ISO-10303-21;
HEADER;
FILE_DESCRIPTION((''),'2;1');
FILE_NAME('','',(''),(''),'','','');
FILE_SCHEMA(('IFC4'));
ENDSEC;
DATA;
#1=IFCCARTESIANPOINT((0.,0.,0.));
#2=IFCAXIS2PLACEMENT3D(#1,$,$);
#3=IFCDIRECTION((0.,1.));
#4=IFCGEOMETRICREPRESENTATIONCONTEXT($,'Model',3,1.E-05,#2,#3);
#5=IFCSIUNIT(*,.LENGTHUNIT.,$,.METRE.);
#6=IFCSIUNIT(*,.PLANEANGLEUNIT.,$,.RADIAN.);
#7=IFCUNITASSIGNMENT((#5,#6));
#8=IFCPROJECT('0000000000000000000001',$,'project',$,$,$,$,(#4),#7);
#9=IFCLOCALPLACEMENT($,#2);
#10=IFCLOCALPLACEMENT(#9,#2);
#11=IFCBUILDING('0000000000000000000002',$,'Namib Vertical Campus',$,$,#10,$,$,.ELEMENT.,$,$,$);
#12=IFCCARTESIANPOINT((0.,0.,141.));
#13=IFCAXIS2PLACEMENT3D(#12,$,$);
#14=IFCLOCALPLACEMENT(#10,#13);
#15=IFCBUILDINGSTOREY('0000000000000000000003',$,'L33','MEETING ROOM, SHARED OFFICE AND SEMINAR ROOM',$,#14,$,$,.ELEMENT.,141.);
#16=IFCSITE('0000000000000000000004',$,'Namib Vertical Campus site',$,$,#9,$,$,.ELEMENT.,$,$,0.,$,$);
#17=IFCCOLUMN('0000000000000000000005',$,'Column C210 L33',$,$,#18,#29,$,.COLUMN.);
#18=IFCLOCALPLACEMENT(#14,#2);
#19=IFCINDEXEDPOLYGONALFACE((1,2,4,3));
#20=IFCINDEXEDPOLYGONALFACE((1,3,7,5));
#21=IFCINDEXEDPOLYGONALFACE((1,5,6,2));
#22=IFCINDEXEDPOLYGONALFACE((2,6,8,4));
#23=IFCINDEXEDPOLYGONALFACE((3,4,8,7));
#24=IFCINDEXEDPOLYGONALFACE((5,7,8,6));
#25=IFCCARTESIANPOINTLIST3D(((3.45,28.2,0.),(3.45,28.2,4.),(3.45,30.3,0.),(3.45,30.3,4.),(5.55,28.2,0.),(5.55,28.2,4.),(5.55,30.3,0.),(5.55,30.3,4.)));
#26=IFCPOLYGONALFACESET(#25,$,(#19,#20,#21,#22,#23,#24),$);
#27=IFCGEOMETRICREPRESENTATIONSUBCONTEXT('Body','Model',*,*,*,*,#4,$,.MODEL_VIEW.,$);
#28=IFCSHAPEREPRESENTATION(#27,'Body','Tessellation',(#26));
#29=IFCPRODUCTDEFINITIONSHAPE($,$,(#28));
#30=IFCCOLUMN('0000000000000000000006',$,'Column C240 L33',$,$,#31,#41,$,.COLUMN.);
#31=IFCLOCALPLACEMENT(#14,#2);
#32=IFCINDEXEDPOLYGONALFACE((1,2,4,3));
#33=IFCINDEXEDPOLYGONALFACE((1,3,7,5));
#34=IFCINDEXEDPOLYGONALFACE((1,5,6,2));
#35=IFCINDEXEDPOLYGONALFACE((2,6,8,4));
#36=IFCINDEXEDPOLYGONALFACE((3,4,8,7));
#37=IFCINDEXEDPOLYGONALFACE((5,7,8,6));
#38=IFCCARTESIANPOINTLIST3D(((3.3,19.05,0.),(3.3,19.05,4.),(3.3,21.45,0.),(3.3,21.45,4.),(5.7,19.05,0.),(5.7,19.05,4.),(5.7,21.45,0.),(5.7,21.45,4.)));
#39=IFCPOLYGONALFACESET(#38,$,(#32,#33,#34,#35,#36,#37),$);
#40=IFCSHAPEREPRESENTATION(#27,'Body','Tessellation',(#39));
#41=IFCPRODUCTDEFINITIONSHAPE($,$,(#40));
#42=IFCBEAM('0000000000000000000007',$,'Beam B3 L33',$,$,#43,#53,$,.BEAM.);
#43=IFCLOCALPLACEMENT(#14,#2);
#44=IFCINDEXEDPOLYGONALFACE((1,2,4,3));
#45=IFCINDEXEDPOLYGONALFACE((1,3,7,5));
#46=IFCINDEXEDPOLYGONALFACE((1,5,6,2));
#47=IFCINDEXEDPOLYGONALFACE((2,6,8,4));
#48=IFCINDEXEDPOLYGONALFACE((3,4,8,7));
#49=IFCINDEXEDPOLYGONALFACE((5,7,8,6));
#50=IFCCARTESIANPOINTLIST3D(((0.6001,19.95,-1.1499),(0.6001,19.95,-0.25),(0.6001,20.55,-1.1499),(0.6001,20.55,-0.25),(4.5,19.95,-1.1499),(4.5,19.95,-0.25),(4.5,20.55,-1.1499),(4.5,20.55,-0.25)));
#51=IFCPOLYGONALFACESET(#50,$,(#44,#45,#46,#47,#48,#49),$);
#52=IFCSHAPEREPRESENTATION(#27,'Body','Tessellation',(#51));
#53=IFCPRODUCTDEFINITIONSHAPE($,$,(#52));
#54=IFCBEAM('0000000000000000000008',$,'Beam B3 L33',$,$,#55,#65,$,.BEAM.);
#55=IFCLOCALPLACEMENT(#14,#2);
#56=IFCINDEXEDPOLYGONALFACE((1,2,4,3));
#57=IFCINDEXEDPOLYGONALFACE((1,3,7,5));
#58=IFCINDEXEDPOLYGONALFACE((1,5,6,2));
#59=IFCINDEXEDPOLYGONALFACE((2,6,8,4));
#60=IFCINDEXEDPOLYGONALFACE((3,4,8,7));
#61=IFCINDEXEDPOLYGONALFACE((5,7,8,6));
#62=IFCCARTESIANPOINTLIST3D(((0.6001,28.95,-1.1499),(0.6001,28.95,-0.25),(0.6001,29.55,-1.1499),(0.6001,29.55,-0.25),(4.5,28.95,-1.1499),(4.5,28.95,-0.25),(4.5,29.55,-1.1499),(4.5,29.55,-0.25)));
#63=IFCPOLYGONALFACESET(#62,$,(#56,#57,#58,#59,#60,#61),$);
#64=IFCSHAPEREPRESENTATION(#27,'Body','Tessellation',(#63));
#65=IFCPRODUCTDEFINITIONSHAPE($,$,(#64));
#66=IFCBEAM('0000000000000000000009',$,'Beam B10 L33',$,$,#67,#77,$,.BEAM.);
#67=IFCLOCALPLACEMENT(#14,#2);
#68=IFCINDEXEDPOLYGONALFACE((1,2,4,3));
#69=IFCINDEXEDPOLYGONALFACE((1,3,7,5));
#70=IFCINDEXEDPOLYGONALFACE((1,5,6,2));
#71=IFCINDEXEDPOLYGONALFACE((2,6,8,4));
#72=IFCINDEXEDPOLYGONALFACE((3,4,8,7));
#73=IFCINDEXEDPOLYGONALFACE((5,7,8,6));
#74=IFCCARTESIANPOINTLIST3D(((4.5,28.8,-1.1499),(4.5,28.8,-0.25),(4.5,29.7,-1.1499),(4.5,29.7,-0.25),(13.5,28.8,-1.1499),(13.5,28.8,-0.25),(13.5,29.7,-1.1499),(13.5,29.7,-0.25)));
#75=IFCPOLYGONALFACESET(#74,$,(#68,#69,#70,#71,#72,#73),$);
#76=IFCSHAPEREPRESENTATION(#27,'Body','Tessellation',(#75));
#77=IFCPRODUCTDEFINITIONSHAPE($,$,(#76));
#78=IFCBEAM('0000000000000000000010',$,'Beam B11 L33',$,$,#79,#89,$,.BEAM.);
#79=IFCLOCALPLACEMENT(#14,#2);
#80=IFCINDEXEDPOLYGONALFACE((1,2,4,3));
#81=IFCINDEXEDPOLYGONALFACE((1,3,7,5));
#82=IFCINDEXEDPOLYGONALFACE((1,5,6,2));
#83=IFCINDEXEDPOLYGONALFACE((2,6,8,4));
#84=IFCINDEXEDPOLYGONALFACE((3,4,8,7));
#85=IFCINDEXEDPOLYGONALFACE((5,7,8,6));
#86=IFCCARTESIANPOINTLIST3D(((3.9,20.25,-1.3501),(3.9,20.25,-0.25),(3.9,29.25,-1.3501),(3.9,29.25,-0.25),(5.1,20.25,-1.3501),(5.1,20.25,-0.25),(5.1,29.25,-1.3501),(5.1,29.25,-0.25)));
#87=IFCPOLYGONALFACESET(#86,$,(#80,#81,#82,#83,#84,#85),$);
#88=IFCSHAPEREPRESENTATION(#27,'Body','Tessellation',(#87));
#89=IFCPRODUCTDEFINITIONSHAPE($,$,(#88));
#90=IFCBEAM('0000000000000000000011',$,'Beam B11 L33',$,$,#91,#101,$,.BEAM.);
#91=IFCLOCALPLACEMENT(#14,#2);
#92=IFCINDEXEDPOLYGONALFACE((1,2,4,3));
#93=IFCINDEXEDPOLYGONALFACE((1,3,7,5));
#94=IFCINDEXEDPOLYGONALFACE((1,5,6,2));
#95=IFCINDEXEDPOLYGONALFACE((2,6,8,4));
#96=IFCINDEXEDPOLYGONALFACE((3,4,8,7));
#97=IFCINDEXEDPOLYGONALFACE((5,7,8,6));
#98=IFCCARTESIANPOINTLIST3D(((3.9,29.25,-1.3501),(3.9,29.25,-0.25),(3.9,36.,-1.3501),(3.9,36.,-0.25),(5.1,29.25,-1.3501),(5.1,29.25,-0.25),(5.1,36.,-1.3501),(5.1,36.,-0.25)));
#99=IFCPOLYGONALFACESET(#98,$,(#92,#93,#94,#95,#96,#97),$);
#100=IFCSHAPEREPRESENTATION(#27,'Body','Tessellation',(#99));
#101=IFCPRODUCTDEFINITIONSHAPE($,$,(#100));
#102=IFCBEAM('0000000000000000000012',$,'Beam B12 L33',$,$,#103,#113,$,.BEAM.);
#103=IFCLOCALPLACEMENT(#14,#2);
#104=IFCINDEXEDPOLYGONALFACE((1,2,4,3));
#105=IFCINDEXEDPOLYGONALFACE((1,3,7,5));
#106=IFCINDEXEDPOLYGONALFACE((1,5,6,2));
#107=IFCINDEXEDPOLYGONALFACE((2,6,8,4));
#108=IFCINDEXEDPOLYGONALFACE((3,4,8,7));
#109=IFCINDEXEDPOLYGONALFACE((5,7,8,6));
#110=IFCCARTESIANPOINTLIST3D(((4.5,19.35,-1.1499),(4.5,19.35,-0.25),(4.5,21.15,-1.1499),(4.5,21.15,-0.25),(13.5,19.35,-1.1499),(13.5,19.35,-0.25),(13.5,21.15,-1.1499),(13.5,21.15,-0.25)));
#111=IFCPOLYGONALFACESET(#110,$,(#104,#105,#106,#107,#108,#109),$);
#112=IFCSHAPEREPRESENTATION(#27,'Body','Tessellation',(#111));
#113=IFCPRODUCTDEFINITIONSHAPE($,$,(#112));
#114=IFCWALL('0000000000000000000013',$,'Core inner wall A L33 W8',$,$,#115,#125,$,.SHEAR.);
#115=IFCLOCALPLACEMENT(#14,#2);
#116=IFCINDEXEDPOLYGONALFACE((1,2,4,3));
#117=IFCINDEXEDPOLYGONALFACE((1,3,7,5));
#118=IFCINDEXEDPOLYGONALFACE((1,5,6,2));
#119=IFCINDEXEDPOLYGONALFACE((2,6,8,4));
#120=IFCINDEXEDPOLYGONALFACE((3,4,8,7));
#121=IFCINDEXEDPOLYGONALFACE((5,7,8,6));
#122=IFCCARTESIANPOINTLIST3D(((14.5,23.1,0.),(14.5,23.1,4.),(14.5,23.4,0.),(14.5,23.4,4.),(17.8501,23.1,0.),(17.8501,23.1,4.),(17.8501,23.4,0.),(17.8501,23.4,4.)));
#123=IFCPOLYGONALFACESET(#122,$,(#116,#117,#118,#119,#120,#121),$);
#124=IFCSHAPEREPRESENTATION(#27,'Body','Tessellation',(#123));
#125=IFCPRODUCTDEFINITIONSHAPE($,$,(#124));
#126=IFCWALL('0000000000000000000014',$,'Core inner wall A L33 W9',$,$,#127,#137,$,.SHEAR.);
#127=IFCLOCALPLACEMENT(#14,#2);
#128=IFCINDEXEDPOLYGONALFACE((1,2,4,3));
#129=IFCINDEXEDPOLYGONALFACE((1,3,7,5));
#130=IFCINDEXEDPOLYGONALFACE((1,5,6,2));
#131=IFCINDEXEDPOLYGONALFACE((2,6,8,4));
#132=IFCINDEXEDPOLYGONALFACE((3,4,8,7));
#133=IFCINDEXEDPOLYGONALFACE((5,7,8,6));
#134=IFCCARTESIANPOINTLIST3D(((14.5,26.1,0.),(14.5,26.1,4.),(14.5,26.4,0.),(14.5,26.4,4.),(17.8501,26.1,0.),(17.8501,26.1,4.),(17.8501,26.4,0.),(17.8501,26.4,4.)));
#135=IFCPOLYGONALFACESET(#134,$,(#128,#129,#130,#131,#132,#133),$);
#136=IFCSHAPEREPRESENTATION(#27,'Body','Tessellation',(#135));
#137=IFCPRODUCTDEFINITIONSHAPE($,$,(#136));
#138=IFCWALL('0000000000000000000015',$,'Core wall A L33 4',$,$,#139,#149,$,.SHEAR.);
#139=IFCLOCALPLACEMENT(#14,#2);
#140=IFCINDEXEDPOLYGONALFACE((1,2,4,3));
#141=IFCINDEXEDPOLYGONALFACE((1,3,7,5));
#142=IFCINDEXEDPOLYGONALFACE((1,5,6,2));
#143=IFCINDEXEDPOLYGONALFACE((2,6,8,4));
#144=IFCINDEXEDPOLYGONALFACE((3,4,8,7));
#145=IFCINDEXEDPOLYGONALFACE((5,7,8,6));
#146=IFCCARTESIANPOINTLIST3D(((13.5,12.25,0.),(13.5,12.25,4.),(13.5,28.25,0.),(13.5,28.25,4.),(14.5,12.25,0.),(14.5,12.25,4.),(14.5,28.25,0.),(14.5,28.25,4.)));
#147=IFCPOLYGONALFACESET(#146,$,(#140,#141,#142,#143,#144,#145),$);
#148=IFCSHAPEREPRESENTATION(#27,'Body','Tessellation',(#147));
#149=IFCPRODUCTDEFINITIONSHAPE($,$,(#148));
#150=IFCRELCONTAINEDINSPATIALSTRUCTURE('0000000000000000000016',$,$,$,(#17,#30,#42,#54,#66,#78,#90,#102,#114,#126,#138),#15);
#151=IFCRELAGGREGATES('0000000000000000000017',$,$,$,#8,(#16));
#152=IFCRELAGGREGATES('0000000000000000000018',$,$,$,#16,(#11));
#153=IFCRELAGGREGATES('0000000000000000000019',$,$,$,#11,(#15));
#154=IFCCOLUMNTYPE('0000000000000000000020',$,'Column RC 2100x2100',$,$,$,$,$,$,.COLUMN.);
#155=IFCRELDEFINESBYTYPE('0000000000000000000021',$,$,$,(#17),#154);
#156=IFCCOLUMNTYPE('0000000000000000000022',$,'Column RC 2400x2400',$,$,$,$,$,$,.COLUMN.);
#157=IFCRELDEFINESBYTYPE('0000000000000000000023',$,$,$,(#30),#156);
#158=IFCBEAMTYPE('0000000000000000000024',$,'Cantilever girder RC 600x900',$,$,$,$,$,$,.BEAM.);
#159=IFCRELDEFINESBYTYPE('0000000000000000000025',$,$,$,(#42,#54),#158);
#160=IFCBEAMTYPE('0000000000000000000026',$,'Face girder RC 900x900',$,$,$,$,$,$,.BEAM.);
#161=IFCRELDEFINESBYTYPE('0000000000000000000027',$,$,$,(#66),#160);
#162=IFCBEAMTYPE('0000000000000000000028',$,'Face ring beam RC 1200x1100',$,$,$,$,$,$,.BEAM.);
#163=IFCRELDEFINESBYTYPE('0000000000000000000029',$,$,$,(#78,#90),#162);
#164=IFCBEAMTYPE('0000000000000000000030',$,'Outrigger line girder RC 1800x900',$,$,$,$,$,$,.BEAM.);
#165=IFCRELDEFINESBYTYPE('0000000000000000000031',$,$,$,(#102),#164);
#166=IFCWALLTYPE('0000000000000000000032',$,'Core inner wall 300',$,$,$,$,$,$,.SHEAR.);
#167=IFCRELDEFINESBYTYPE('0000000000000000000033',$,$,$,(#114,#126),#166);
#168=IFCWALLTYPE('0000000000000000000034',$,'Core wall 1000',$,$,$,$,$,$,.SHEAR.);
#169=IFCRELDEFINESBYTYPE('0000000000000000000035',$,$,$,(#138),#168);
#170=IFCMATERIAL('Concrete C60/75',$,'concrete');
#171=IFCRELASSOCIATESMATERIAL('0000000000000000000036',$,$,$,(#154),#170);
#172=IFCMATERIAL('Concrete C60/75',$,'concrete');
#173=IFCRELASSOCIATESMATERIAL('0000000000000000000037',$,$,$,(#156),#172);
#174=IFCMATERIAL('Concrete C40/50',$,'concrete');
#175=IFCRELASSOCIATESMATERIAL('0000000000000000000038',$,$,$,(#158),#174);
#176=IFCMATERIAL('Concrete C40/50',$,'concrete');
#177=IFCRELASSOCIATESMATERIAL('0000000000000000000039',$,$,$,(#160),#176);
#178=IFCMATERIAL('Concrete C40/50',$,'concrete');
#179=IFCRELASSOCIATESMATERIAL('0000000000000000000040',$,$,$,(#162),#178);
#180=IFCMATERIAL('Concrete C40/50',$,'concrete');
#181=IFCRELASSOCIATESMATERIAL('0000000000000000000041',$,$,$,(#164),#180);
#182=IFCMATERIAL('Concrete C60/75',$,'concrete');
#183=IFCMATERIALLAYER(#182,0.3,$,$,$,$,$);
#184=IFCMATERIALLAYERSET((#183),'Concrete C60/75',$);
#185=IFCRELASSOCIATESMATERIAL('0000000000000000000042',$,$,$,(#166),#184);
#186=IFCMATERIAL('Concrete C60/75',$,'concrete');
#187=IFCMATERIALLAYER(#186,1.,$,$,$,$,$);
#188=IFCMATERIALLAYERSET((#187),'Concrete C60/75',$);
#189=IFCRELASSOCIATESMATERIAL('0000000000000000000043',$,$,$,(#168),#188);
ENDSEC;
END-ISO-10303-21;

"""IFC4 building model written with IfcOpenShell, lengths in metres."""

from ifc_helpers import new_model, si_unit, direction, frame, frame_2d, origin, origin_2d, place, context, subcontext, project, spatial, rectangle, extrude, material, layer, layer_set, material_profile, profile_set, type_object, element, save


model = new_model("IFC4")

# Units and contexts
model_context = context("Model", 3, precision=1e-05, world=origin(), true_north=direction((0.0, 1.0)))
body_context = subcontext(model_context, "Body", "Model", "MODEL_VIEW")
ifc_project = project(units=[si_unit("LENGTHUNIT", "METRE"), si_unit("PLANEANGLEUNIT", "RADIAN")], contexts=[model_context])

# Site, building, storey
site_placement = place(None, origin())
site = spatial("IfcSite", under=ifc_project, at=site_placement, Name="Namib Vertical Campus site", CompositionType="ELEMENT", RefElevation=0.0)
building_placement = place(site_placement, origin())
building = spatial("IfcBuilding", under=site, at=building_placement, Name="Namib Vertical Campus", CompositionType="ELEMENT")
storey_placement = place(building_placement, frame((0.0, 0.0, 141.0)))
storey = spatial("IfcBuildingStorey", under=building, at=storey_placement, Name="L33", Description="MEETING ROOM, SHARED OFFICE AND SEMINAR ROOM", CompositionType="ELEMENT", Elevation=141.0)

# Columns
ifc_material_1 = material(Name="Concrete C60/75", Category="concrete")
ifc_material_profile_1 = material_profile(ifc_material_1, rectangle(XDim=2.1001, YDim=2.1001, at=origin_2d()))
ifc_profile_set_1 = profile_set([ifc_material_profile_1], Name="Concrete C60/75")
column_type_1 = type_object("IfcColumnType", Name="Column RC 2100x2100", PredefinedType="COLUMN", material=ifc_profile_set_1)
column_1_placement = place(storey_placement, frame((4.5, 29.25, 0.0), z_axis=(0.0, 0.0, 1.0), x_axis=(1.0, 0.0, 0.0)))
element("IfcColumn", 1, at=column_1_placement, inside=storey, type_object=column_type_1, Name="Column C210 L33", PredefinedType="COLUMN", context=body_context, shape_type="SweptSolid", body=[
    extrude(rectangle(XDim=2.1001, YDim=2.1001, at=origin_2d()), origin(), (0.0, 0.0, 1.0), 4.0),
])
ifc_material_2 = material(Name="Concrete C60/75", Category="concrete")
ifc_material_profile_2 = material_profile(ifc_material_2, rectangle(XDim=2.3999, YDim=2.3999, at=origin_2d()))
ifc_profile_set_2 = profile_set([ifc_material_profile_2], Name="Concrete C60/75")
column_type_2 = type_object("IfcColumnType", Name="Column RC 2400x2400", PredefinedType="COLUMN", material=ifc_profile_set_2)
column_2_placement = place(storey_placement, frame((4.5, 20.25, 0.0), z_axis=(0.0, 0.0, 1.0), x_axis=(1.0, 0.0, 0.0)))
element("IfcColumn", 2, at=column_2_placement, inside=storey, type_object=column_type_2, Name="Column C240 L33", PredefinedType="COLUMN", context=body_context, shape_type="SweptSolid", body=[
    extrude(rectangle(XDim=2.3999, YDim=2.3999, at=origin_2d()), origin(), (0.0, 0.0, 1.0), 4.0),
])

# Beams
ifc_material_3 = material(Name="Concrete C40/50", Category="concrete")
ifc_material_profile_3 = material_profile(ifc_material_3, rectangle(XDim=0.6001, YDim=0.8999, at=origin_2d()))
ifc_profile_set_3 = profile_set([ifc_material_profile_3], Name="Concrete C40/50")
beam_type_1 = type_object("IfcBeamType", Name="Cantilever girder RC 600x900", PredefinedType="BEAM", material=ifc_profile_set_3)
for number, where, z_axis, x_axis, name in (
    (3, (4.5, 20.25, -0.7), (-1.0, 0.0, 0.0), (0.0, -1.0, 0.0), "Beam B3 L33"),
    (4, (4.5, 29.25, -0.7), (-1.0, 0.0, 0.0), (0.0, -1.0, 0.0), "Beam B3 L33"),
):
    element("IfcBeam", number, at=place(storey_placement, frame(where, z_axis=z_axis, x_axis=x_axis)), inside=storey, type_object=beam_type_1, Name=name, PredefinedType="BEAM", context=body_context, shape_type="SweptSolid", body=[
        extrude(rectangle(XDim=0.6001, YDim=0.8999, at=origin_2d()), origin(), (0.0, 0.0, 1.0), 3.8999),
    ])
ifc_material_4 = material(Name="Concrete C40/50", Category="concrete")
ifc_material_profile_4 = material_profile(ifc_material_4, rectangle(XDim=0.8999, YDim=0.8999, at=origin_2d()))
ifc_profile_set_4 = profile_set([ifc_material_profile_4], Name="Concrete C40/50")
beam_type_2 = type_object("IfcBeamType", Name="Face girder RC 900x900", PredefinedType="BEAM", material=ifc_profile_set_4)
beam_1_placement = place(storey_placement, frame((4.5, 29.25, -0.7), z_axis=(1.0, 0.0, 0.0), x_axis=(0.0, 1.0, 0.0)))
element("IfcBeam", 5, at=beam_1_placement, inside=storey, type_object=beam_type_2, Name="Beam B10 L33", PredefinedType="BEAM", context=body_context, shape_type="SweptSolid", body=[
    extrude(rectangle(XDim=0.8999, YDim=0.8999, at=origin_2d()), origin(), (0.0, 0.0, 1.0), 9.0),
])
ifc_material_5 = material(Name="Concrete C40/50", Category="concrete")
ifc_material_profile_5 = material_profile(ifc_material_5, rectangle(XDim=1.2, YDim=1.1001, at=origin_2d()))
ifc_profile_set_5 = profile_set([ifc_material_profile_5], Name="Concrete C40/50")
beam_type_3 = type_object("IfcBeamType", Name="Face ring beam RC 1200x1100", PredefinedType="BEAM", material=ifc_profile_set_5)
beam_2_placement = place(storey_placement, frame((4.5, 20.25, -0.8), z_axis=(0.0, 1.0, 0.0), x_axis=(-1.0, 0.0, 0.0)))
element("IfcBeam", 6, at=beam_2_placement, inside=storey, type_object=beam_type_3, Name="Beam B11 L33", PredefinedType="BEAM", context=body_context, shape_type="SweptSolid", body=[
    extrude(rectangle(XDim=1.2, YDim=1.1001, at=origin_2d()), origin(), (0.0, 0.0, 1.0), 9.0),
])
beam_3_placement = place(storey_placement, frame((4.5, 29.25, -0.8), z_axis=(0.0, 1.0, 0.0), x_axis=(-1.0, 0.0, 0.0)))
element("IfcBeam", 7, at=beam_3_placement, inside=storey, type_object=beam_type_3, Name="Beam B11 L33", PredefinedType="BEAM", context=body_context, shape_type="SweptSolid", body=[
    extrude(rectangle(XDim=1.2, YDim=1.1001, at=origin_2d()), origin(), (0.0, 0.0, 1.0), 6.75),
])
ifc_material_6 = material(Name="Concrete C40/50", Category="concrete")
ifc_material_profile_6 = material_profile(ifc_material_6, rectangle(XDim=1.8, YDim=0.8999, at=origin_2d()))
ifc_profile_set_6 = profile_set([ifc_material_profile_6], Name="Concrete C40/50")
beam_type_4 = type_object("IfcBeamType", Name="Outrigger line girder RC 1800x900", PredefinedType="BEAM", material=ifc_profile_set_6)
beam_4_placement = place(storey_placement, frame((4.5, 20.25, -0.7), z_axis=(1.0, 0.0, 0.0), x_axis=(0.0, 1.0, 0.0)))
element("IfcBeam", 8, at=beam_4_placement, inside=storey, type_object=beam_type_4, Name="Beam B12 L33", PredefinedType="BEAM", context=body_context, shape_type="SweptSolid", body=[
    extrude(rectangle(XDim=1.8, YDim=0.8999, at=origin_2d()), origin(), (0.0, 0.0, 1.0), 9.0),
])

# Walls
ifc_material_7 = material(Name="Concrete C60/75", Category="concrete")
ifc_layer_1 = layer(ifc_material_7, 0.3)
ifc_layer_set_1 = layer_set([ifc_layer_1], Name="Concrete C60/75")
wall_type_1 = type_object("IfcWallType", Name="Core inner wall 300", PredefinedType="SHEAR", material=ifc_layer_set_1)
for number, where, z_axis, x_axis, name in (
    (9, (14.5, 23.25, 0.0), (0.0, 0.0, 1.0), (1.0, 0.0, 0.0), "Core inner wall A L33 W8"),
    (10, (14.5, 26.25, 0.0), (0.0, 0.0, 1.0), (1.0, 0.0, 0.0), "Core inner wall A L33 W9"),
):
    element("IfcWall", number, at=place(storey_placement, frame(where, z_axis=z_axis, x_axis=x_axis)), inside=storey, type_object=wall_type_1, Name=name, PredefinedType="SHEAR", context=body_context, shape_type="SweptSolid", body=[
        extrude(rectangle(XDim=3.3501, YDim=0.3, at=frame_2d((1.675, 0.0))), origin(), (0.0, 0.0, 1.0), 4.0),
    ])
ifc_material_8 = material(Name="Concrete C60/75", Category="concrete")
ifc_layer_2 = layer(ifc_material_8, 1.0)
ifc_layer_set_2 = layer_set([ifc_layer_2], Name="Concrete C60/75")
wall_type_2 = type_object("IfcWallType", Name="Core wall 1000", PredefinedType="SHEAR", material=ifc_layer_set_2)
wall_1_placement = place(storey_placement, frame((14.0, 28.25, 0.0), z_axis=(0.0, 0.0, 1.0), x_axis=(0.0, -1.0, 0.0)))
element("IfcWall", 11, at=wall_1_placement, inside=storey, type_object=wall_type_2, Name="Core wall A L33 4", PredefinedType="SHEAR", context=body_context, shape_type="SweptSolid", body=[
    extrude(rectangle(XDim=16.0, YDim=1.0, at=frame_2d((8.0, 0.0))), origin(), (0.0, 0.0, 1.0), 4.0),
])

save(model, "model.ifc")
